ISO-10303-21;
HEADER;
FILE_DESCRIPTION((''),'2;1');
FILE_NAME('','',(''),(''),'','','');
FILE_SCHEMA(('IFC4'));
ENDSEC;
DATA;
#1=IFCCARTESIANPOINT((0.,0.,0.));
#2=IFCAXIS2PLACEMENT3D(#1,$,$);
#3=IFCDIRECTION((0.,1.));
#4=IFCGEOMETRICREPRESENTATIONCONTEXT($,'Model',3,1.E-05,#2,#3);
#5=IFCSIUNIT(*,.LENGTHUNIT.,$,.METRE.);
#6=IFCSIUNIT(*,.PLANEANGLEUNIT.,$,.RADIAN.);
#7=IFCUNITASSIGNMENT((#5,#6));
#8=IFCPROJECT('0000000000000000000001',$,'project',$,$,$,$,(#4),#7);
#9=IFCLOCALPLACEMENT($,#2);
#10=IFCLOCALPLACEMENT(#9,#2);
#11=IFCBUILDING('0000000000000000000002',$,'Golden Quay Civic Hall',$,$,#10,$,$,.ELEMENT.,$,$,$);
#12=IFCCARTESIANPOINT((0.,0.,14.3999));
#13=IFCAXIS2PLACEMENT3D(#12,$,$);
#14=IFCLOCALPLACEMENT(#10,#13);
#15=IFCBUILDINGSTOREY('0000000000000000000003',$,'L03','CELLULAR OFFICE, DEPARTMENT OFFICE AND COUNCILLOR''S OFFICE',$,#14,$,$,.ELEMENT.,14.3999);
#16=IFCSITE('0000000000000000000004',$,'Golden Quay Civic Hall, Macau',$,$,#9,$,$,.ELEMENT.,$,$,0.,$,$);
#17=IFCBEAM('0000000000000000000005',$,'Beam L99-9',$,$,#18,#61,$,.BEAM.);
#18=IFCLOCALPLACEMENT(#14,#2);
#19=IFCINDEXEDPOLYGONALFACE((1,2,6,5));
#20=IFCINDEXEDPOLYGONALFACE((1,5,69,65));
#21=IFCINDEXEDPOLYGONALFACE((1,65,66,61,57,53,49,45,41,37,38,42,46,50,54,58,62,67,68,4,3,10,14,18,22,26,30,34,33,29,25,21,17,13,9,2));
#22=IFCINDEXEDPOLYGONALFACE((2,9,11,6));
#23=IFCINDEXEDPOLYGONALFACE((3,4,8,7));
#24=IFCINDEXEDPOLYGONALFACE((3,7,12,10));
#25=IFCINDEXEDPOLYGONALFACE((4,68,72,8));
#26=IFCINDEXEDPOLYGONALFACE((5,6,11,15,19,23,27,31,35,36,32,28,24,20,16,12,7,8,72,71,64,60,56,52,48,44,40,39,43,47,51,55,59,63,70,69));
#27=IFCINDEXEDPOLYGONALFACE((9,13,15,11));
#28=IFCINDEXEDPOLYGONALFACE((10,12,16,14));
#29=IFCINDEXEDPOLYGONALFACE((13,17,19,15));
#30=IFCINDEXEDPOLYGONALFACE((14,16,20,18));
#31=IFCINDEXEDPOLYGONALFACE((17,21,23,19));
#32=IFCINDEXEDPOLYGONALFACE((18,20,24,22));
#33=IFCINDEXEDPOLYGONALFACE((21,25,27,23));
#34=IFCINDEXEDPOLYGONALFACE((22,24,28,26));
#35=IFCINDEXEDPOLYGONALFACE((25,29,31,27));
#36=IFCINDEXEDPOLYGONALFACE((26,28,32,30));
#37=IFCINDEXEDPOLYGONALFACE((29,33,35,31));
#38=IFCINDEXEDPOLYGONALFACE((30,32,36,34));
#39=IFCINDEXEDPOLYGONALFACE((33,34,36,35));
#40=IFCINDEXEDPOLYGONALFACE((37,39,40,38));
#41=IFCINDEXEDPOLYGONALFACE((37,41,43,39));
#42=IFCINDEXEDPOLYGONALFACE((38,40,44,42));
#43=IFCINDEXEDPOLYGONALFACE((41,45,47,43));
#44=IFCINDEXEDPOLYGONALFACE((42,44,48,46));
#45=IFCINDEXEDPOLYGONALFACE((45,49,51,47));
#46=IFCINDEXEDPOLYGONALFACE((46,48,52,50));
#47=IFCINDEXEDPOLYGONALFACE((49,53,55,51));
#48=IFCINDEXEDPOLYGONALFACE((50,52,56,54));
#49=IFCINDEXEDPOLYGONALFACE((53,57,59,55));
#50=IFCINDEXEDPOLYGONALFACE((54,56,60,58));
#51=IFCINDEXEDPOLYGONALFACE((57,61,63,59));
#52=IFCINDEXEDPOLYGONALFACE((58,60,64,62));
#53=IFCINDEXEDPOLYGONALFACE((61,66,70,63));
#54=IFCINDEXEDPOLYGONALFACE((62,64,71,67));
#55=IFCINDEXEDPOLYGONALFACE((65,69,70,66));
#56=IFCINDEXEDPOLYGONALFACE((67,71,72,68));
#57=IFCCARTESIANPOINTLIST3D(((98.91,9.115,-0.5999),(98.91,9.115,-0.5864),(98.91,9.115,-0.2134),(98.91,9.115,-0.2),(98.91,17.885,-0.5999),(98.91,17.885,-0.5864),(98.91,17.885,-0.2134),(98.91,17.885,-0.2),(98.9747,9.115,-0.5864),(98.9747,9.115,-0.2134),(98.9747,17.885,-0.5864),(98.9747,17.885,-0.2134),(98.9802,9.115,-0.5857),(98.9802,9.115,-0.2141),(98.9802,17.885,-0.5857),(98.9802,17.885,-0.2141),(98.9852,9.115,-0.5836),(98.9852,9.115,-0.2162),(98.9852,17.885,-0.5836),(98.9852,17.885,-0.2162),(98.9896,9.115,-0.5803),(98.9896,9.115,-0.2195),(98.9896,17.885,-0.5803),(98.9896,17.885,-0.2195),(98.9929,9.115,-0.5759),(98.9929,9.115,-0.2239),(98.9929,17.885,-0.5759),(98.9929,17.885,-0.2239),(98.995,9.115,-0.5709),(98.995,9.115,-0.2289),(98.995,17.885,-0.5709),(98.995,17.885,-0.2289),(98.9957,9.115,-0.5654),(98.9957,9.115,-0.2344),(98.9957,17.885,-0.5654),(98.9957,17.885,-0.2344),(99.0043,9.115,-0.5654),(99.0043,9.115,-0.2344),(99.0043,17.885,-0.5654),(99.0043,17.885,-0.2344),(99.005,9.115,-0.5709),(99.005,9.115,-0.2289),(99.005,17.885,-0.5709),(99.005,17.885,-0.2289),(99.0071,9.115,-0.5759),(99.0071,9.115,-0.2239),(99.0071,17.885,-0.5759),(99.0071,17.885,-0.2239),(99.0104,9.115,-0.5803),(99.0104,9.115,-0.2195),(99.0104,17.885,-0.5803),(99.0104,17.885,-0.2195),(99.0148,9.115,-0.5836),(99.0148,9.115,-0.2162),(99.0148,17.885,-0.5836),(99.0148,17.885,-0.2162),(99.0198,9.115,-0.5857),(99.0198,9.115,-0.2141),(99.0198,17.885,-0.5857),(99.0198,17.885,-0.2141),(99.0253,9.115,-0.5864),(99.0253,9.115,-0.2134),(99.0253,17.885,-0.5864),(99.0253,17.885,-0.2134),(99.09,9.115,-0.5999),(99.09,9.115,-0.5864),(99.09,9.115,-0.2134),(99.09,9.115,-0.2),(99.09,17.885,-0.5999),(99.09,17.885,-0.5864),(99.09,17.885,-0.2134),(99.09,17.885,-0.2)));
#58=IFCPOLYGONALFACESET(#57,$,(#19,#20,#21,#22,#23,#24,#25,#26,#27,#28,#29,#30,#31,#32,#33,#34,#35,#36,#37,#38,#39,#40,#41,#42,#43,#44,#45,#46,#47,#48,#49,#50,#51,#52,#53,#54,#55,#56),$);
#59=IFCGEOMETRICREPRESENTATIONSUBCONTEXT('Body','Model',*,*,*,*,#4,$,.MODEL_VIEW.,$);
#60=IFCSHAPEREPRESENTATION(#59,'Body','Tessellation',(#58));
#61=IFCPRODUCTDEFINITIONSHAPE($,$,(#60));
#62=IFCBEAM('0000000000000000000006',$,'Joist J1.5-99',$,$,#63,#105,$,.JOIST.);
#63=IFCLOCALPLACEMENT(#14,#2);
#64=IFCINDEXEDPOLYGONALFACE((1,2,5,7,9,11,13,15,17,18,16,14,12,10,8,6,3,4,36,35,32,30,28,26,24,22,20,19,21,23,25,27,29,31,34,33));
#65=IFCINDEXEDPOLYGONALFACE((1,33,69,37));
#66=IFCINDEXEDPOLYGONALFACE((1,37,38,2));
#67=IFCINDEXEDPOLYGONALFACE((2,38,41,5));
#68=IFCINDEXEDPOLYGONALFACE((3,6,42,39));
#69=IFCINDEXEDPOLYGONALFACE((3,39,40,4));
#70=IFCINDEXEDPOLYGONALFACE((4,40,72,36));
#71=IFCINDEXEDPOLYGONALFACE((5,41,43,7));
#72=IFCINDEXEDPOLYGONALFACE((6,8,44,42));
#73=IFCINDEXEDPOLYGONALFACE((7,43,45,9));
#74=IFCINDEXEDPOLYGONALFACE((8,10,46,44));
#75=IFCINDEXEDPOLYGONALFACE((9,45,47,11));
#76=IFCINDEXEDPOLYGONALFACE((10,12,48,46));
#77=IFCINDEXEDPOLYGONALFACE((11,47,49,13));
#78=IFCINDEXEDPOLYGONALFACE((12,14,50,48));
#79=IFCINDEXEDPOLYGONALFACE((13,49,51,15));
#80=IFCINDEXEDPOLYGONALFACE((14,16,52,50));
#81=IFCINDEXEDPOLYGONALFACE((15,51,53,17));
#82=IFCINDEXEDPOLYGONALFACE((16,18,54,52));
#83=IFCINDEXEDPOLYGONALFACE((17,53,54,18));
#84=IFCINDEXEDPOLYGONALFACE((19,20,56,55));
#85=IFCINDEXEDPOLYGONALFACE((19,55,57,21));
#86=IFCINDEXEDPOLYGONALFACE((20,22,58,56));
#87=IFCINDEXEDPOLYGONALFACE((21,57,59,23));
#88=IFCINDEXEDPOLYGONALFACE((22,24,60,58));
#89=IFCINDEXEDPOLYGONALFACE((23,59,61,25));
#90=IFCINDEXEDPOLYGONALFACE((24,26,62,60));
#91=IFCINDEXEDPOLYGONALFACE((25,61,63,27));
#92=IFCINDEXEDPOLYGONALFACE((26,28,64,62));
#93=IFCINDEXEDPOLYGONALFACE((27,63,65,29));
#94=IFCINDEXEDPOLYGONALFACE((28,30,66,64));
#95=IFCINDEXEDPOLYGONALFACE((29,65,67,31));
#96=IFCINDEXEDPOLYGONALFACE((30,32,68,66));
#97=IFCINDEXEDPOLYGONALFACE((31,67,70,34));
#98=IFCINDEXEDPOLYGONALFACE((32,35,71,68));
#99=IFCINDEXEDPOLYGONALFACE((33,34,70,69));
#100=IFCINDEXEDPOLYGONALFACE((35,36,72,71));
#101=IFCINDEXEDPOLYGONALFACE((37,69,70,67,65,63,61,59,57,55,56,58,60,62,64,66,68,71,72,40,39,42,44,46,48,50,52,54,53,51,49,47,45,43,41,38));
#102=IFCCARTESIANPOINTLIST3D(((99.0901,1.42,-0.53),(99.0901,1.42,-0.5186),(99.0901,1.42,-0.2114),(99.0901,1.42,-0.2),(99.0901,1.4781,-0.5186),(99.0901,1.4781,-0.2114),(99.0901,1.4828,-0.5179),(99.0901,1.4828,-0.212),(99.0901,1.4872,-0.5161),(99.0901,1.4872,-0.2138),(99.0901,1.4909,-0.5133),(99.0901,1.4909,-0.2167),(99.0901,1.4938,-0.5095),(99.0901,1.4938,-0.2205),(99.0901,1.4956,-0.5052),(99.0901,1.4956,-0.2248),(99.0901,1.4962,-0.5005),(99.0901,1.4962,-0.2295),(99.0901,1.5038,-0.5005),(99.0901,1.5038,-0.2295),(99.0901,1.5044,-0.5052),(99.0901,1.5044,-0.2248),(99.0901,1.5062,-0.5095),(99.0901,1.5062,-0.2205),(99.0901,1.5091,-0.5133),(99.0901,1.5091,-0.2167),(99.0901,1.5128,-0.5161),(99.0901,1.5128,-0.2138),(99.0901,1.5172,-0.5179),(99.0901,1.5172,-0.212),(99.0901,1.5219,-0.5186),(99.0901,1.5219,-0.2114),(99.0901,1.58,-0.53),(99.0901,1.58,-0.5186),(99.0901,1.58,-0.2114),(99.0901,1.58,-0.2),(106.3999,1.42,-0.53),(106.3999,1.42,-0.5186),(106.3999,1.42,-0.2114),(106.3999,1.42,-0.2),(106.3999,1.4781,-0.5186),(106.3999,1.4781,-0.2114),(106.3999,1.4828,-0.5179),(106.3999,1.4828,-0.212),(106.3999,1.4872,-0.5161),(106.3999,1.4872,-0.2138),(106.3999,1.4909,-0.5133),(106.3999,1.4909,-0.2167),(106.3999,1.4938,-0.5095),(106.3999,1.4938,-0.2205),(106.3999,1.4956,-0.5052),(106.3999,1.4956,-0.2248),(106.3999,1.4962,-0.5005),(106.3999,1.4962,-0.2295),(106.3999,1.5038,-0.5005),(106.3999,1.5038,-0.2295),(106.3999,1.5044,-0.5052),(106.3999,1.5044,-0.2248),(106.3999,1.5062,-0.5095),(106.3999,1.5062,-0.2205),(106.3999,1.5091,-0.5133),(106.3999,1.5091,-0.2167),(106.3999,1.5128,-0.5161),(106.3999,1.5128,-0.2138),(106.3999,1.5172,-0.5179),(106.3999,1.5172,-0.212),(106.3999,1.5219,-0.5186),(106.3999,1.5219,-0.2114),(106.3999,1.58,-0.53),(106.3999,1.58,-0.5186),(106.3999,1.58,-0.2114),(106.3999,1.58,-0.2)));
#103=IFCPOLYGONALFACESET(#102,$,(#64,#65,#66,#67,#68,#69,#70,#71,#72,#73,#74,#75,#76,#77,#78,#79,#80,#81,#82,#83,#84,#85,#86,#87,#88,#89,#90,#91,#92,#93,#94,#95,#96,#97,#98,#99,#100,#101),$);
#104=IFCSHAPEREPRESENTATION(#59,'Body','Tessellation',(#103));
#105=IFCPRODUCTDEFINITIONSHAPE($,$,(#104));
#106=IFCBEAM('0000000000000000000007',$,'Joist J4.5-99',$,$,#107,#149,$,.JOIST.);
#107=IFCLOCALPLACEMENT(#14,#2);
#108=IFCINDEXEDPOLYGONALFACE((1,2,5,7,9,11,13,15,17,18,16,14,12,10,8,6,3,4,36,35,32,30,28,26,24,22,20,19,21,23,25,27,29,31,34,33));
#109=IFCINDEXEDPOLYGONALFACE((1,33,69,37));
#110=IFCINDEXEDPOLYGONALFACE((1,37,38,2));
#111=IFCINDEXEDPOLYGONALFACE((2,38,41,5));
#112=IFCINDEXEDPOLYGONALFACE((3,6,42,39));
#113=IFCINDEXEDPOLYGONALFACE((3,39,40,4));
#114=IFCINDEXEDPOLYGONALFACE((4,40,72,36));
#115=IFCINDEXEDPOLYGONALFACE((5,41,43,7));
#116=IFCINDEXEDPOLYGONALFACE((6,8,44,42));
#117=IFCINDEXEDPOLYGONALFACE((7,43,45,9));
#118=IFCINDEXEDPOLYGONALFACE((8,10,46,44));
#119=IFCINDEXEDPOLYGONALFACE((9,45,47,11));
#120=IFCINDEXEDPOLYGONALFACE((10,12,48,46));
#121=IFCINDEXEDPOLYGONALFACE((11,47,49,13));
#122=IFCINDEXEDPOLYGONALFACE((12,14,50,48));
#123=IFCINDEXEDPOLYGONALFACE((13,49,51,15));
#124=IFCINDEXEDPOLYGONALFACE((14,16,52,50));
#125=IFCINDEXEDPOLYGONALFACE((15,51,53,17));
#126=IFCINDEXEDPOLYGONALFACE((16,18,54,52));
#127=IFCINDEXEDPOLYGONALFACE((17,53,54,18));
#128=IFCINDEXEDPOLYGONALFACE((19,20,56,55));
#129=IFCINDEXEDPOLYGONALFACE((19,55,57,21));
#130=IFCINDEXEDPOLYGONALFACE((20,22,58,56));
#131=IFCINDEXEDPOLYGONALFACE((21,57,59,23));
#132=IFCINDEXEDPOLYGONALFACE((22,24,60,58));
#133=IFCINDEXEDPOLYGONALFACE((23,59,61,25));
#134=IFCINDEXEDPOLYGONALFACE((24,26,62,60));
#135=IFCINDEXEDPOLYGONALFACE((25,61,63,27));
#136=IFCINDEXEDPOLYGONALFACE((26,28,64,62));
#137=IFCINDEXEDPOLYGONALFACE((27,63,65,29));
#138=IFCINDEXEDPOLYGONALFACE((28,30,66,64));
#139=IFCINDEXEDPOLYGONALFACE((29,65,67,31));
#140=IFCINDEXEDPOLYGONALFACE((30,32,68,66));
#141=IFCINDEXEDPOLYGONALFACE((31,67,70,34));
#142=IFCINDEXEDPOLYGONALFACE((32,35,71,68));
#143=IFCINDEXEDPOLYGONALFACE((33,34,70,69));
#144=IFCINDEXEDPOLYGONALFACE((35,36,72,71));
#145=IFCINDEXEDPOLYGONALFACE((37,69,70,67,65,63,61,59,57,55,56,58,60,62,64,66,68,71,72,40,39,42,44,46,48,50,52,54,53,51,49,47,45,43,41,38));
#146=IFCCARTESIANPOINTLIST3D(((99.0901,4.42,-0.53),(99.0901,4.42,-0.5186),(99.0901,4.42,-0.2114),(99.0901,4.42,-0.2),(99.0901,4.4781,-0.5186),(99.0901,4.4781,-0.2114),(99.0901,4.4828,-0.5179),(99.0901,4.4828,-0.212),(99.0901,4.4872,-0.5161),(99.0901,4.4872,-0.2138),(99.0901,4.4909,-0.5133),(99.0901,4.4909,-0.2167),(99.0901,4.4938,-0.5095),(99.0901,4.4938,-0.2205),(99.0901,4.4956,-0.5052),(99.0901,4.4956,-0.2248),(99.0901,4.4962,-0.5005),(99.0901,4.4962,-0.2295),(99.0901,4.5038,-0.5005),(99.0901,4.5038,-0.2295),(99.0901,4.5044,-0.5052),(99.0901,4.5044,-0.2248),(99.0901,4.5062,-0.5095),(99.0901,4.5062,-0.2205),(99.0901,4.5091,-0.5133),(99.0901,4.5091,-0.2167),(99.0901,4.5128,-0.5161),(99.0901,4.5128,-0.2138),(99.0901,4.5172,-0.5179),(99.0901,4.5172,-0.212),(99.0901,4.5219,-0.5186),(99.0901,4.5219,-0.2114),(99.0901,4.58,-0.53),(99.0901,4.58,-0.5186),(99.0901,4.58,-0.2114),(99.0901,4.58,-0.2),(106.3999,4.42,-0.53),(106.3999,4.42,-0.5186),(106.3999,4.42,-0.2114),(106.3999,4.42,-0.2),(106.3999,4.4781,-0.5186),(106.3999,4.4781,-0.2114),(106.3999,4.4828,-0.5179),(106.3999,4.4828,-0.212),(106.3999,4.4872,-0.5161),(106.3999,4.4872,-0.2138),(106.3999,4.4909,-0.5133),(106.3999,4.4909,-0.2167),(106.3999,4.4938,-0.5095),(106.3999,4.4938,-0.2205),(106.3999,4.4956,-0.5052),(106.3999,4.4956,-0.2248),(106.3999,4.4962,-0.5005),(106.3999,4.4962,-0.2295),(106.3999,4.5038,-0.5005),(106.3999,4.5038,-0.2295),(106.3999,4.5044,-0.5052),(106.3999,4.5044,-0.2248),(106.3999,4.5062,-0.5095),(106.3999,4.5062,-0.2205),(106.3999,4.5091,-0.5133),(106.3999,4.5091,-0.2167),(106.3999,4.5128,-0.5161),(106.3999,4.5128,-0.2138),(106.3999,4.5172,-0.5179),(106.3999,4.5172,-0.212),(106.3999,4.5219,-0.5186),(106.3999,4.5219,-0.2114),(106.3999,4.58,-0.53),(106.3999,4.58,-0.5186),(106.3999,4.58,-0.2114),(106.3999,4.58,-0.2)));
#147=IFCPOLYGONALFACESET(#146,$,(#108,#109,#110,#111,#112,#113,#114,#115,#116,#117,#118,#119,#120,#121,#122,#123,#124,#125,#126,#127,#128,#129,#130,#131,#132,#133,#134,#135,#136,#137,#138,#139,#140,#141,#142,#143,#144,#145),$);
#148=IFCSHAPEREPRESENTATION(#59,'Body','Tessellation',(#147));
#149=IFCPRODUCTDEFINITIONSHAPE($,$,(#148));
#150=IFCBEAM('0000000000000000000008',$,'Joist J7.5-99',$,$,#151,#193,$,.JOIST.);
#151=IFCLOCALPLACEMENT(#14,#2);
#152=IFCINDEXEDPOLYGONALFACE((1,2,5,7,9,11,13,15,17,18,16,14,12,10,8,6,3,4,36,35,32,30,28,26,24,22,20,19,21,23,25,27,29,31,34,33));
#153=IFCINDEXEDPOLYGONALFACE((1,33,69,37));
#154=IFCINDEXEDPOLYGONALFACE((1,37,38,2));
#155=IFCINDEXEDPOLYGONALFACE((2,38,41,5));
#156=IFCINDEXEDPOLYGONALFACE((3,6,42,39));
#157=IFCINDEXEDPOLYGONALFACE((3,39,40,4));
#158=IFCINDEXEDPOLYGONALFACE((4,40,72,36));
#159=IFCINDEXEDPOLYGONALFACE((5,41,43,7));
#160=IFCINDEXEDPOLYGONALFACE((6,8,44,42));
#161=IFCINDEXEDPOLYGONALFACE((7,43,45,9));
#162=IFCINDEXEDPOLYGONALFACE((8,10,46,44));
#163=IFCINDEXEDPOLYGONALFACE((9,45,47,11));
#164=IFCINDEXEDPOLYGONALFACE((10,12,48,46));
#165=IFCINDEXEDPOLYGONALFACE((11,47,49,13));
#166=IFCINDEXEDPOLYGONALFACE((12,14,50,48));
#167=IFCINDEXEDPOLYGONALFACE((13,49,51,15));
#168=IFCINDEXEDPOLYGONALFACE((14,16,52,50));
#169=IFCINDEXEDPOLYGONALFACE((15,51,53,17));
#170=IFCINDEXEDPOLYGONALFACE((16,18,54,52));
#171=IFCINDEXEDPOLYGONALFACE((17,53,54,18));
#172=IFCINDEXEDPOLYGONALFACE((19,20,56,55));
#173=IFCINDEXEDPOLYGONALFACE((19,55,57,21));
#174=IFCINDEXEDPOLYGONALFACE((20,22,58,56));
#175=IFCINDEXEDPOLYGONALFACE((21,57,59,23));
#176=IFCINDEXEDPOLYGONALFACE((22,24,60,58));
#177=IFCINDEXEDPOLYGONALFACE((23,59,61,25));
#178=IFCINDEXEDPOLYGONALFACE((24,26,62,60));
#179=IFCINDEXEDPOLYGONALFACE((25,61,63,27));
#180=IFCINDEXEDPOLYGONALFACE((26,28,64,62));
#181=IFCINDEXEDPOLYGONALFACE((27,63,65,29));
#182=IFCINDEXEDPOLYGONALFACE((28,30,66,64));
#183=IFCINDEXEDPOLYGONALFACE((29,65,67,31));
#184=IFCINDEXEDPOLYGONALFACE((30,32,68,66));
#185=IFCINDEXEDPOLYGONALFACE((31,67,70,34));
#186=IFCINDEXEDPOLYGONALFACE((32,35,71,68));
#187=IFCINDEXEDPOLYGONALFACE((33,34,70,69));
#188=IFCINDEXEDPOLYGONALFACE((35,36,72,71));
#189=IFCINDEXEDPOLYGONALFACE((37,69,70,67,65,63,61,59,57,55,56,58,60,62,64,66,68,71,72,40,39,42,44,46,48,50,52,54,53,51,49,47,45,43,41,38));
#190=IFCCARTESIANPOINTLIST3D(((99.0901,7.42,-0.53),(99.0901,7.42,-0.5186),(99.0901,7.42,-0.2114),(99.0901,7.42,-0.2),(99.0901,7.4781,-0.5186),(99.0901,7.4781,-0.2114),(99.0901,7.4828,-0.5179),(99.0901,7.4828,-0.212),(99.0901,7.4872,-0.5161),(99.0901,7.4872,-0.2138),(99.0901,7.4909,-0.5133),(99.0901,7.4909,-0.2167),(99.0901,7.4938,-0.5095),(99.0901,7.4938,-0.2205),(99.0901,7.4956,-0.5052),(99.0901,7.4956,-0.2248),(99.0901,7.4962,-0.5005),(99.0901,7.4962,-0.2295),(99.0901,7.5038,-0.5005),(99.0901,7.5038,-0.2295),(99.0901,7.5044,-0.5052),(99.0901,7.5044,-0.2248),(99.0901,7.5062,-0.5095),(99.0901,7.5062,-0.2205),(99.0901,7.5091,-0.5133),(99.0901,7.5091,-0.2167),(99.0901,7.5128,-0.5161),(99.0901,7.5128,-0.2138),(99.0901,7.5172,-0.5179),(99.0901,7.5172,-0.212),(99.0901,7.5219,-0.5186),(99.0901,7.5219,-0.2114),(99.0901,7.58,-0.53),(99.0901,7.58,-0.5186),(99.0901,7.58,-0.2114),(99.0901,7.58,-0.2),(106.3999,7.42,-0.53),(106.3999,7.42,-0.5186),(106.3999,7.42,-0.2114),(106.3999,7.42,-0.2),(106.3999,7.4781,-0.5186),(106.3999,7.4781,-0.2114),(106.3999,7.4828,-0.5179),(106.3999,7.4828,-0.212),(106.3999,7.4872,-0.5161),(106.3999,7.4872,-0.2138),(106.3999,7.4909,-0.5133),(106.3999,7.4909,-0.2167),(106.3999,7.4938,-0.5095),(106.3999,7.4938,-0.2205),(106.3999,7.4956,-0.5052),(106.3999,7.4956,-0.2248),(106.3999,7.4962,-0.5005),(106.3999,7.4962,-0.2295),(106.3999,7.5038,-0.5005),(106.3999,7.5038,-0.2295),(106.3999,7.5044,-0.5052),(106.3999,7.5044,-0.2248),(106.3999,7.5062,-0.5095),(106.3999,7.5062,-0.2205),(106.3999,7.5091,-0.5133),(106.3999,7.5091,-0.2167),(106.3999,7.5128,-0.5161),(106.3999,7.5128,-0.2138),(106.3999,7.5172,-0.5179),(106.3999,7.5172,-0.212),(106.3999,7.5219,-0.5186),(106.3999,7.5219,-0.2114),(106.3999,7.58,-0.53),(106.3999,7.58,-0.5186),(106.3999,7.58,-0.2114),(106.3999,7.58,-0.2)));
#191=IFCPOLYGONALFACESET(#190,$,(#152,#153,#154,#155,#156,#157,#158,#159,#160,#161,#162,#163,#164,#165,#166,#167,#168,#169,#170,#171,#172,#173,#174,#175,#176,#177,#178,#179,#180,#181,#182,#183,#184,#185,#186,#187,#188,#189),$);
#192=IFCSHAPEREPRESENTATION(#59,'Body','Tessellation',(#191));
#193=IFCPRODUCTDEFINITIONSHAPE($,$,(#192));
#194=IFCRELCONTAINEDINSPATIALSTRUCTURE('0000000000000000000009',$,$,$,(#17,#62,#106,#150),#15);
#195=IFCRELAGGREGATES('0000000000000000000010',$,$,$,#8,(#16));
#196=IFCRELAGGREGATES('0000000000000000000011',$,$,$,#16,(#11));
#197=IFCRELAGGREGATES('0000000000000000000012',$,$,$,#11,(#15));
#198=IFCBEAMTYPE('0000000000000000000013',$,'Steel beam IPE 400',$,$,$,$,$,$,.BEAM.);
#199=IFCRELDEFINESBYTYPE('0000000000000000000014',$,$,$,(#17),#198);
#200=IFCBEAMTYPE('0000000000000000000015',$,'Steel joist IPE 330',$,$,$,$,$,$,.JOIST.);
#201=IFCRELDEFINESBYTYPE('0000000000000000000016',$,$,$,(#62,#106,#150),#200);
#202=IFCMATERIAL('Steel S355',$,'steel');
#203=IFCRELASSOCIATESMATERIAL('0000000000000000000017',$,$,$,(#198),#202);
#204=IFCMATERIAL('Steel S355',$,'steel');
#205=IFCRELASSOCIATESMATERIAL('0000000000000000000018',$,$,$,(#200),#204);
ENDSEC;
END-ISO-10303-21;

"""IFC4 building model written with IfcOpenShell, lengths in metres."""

from ifc_helpers import new_model, si_unit, direction, frame, origin, origin_2d, place, context, subcontext, project, spatial, i_section, extrude, material, material_profile, profile_set, type_object, element, save


model = new_model("IFC4")

# Units and contexts
model_context = context("Model", 3, precision=1e-05, world=origin(), true_north=direction((0.0, 1.0)))
body_context = subcontext(model_context, "Body", "Model", "MODEL_VIEW")
ifc_project = project(units=[si_unit("LENGTHUNIT", "METRE"), si_unit("PLANEANGLEUNIT", "RADIAN")], contexts=[model_context])

# Site, building, storey
site_placement = place(None, origin())
site = spatial("IfcSite", under=ifc_project, at=site_placement, Name="Golden Quay Civic Hall, Macau", CompositionType="ELEMENT", RefElevation=0.0)
building_placement = place(site_placement, origin())
building = spatial("IfcBuilding", under=site, at=building_placement, Name="Golden Quay Civic Hall", CompositionType="ELEMENT")
storey_placement = place(building_placement, frame((0.0, 0.0, 14.3999)))
storey = spatial("IfcBuildingStorey", under=building, at=storey_placement, Name="L03", Description="CELLULAR OFFICE, DEPARTMENT OFFICE AND COUNCILLOR'S OFFICE", CompositionType="ELEMENT", Elevation=14.3999)

# Beams
ifc_material_1 = material(Name="Steel S355", Category="steel")
ifc_material_profile_1 = material_profile(ifc_material_1, i_section(OverallWidth=0.1799, OverallDepth=0.3999, WebThickness=0.0085, FlangeThickness=0.0134, FilletRadius=0.021, at=origin_2d()), Name="IPE 400")
ifc_profile_set_1 = profile_set([ifc_material_profile_1], Name="Steel S355")
beam_type_1 = type_object("IfcBeamType", Name="Steel beam IPE 400", PredefinedType="BEAM", material=ifc_profile_set_1)
beam_placement = place(storey_placement, frame((99.0, 9.115, -0.3999), z_axis=(0.0, 1.0, 0.0), x_axis=(-1.0, 0.0, 0.0)))
element("IfcBeam", 1, at=beam_placement, inside=storey, type_object=beam_type_1, Name="Beam L99-9", PredefinedType="BEAM", context=body_context, shape_type="SweptSolid", body=[
    extrude(i_section(OverallWidth=0.1799, OverallDepth=0.3999, WebThickness=0.0085, FlangeThickness=0.0134, FilletRadius=0.021, at=origin_2d()), origin(), (0.0, 0.0, 1.0), 8.77),
])
ifc_material_2 = material(Name="Steel S355", Category="steel")
ifc_material_profile_2 = material_profile(ifc_material_2, i_section(OverallWidth=0.1599, OverallDepth=0.3301, WebThickness=0.0076, FlangeThickness=0.0115, FilletRadius=0.0181, at=origin_2d()), Name="IPE 330")
ifc_profile_set_2 = profile_set([ifc_material_profile_2], Name="Steel S355")
beam_type_2 = type_object("IfcBeamType", Name="Steel joist IPE 330", PredefinedType="JOIST", material=ifc_profile_set_2)
for number, where, z_axis, x_axis, name in (
    (2, (99.0901, 1.5, -0.365), (1.0, 0.0, 0.0), (0.0, 1.0, 0.0), "Joist J1.5-99"),
    (3, (99.0901, 4.5, -0.365), (1.0, 0.0, 0.0), (0.0, 1.0, 0.0), "Joist J4.5-99"),
    (4, (99.0901, 7.5, -0.365), (1.0, 0.0, 0.0), (0.0, 1.0, 0.0), "Joist J7.5-99"),
):
    element("IfcBeam", number, at=place(storey_placement, frame(where, z_axis=z_axis, x_axis=x_axis)), inside=storey, type_object=beam_type_2, Name=name, PredefinedType="JOIST", context=body_context, shape_type="SweptSolid", body=[
        extrude(i_section(OverallWidth=0.1599, OverallDepth=0.3301, WebThickness=0.0076, FlangeThickness=0.0115, FilletRadius=0.0181, at=origin_2d()), origin(), (0.0, 0.0, 1.0), 7.3098),
    ])

save(model, "model.ifc")
